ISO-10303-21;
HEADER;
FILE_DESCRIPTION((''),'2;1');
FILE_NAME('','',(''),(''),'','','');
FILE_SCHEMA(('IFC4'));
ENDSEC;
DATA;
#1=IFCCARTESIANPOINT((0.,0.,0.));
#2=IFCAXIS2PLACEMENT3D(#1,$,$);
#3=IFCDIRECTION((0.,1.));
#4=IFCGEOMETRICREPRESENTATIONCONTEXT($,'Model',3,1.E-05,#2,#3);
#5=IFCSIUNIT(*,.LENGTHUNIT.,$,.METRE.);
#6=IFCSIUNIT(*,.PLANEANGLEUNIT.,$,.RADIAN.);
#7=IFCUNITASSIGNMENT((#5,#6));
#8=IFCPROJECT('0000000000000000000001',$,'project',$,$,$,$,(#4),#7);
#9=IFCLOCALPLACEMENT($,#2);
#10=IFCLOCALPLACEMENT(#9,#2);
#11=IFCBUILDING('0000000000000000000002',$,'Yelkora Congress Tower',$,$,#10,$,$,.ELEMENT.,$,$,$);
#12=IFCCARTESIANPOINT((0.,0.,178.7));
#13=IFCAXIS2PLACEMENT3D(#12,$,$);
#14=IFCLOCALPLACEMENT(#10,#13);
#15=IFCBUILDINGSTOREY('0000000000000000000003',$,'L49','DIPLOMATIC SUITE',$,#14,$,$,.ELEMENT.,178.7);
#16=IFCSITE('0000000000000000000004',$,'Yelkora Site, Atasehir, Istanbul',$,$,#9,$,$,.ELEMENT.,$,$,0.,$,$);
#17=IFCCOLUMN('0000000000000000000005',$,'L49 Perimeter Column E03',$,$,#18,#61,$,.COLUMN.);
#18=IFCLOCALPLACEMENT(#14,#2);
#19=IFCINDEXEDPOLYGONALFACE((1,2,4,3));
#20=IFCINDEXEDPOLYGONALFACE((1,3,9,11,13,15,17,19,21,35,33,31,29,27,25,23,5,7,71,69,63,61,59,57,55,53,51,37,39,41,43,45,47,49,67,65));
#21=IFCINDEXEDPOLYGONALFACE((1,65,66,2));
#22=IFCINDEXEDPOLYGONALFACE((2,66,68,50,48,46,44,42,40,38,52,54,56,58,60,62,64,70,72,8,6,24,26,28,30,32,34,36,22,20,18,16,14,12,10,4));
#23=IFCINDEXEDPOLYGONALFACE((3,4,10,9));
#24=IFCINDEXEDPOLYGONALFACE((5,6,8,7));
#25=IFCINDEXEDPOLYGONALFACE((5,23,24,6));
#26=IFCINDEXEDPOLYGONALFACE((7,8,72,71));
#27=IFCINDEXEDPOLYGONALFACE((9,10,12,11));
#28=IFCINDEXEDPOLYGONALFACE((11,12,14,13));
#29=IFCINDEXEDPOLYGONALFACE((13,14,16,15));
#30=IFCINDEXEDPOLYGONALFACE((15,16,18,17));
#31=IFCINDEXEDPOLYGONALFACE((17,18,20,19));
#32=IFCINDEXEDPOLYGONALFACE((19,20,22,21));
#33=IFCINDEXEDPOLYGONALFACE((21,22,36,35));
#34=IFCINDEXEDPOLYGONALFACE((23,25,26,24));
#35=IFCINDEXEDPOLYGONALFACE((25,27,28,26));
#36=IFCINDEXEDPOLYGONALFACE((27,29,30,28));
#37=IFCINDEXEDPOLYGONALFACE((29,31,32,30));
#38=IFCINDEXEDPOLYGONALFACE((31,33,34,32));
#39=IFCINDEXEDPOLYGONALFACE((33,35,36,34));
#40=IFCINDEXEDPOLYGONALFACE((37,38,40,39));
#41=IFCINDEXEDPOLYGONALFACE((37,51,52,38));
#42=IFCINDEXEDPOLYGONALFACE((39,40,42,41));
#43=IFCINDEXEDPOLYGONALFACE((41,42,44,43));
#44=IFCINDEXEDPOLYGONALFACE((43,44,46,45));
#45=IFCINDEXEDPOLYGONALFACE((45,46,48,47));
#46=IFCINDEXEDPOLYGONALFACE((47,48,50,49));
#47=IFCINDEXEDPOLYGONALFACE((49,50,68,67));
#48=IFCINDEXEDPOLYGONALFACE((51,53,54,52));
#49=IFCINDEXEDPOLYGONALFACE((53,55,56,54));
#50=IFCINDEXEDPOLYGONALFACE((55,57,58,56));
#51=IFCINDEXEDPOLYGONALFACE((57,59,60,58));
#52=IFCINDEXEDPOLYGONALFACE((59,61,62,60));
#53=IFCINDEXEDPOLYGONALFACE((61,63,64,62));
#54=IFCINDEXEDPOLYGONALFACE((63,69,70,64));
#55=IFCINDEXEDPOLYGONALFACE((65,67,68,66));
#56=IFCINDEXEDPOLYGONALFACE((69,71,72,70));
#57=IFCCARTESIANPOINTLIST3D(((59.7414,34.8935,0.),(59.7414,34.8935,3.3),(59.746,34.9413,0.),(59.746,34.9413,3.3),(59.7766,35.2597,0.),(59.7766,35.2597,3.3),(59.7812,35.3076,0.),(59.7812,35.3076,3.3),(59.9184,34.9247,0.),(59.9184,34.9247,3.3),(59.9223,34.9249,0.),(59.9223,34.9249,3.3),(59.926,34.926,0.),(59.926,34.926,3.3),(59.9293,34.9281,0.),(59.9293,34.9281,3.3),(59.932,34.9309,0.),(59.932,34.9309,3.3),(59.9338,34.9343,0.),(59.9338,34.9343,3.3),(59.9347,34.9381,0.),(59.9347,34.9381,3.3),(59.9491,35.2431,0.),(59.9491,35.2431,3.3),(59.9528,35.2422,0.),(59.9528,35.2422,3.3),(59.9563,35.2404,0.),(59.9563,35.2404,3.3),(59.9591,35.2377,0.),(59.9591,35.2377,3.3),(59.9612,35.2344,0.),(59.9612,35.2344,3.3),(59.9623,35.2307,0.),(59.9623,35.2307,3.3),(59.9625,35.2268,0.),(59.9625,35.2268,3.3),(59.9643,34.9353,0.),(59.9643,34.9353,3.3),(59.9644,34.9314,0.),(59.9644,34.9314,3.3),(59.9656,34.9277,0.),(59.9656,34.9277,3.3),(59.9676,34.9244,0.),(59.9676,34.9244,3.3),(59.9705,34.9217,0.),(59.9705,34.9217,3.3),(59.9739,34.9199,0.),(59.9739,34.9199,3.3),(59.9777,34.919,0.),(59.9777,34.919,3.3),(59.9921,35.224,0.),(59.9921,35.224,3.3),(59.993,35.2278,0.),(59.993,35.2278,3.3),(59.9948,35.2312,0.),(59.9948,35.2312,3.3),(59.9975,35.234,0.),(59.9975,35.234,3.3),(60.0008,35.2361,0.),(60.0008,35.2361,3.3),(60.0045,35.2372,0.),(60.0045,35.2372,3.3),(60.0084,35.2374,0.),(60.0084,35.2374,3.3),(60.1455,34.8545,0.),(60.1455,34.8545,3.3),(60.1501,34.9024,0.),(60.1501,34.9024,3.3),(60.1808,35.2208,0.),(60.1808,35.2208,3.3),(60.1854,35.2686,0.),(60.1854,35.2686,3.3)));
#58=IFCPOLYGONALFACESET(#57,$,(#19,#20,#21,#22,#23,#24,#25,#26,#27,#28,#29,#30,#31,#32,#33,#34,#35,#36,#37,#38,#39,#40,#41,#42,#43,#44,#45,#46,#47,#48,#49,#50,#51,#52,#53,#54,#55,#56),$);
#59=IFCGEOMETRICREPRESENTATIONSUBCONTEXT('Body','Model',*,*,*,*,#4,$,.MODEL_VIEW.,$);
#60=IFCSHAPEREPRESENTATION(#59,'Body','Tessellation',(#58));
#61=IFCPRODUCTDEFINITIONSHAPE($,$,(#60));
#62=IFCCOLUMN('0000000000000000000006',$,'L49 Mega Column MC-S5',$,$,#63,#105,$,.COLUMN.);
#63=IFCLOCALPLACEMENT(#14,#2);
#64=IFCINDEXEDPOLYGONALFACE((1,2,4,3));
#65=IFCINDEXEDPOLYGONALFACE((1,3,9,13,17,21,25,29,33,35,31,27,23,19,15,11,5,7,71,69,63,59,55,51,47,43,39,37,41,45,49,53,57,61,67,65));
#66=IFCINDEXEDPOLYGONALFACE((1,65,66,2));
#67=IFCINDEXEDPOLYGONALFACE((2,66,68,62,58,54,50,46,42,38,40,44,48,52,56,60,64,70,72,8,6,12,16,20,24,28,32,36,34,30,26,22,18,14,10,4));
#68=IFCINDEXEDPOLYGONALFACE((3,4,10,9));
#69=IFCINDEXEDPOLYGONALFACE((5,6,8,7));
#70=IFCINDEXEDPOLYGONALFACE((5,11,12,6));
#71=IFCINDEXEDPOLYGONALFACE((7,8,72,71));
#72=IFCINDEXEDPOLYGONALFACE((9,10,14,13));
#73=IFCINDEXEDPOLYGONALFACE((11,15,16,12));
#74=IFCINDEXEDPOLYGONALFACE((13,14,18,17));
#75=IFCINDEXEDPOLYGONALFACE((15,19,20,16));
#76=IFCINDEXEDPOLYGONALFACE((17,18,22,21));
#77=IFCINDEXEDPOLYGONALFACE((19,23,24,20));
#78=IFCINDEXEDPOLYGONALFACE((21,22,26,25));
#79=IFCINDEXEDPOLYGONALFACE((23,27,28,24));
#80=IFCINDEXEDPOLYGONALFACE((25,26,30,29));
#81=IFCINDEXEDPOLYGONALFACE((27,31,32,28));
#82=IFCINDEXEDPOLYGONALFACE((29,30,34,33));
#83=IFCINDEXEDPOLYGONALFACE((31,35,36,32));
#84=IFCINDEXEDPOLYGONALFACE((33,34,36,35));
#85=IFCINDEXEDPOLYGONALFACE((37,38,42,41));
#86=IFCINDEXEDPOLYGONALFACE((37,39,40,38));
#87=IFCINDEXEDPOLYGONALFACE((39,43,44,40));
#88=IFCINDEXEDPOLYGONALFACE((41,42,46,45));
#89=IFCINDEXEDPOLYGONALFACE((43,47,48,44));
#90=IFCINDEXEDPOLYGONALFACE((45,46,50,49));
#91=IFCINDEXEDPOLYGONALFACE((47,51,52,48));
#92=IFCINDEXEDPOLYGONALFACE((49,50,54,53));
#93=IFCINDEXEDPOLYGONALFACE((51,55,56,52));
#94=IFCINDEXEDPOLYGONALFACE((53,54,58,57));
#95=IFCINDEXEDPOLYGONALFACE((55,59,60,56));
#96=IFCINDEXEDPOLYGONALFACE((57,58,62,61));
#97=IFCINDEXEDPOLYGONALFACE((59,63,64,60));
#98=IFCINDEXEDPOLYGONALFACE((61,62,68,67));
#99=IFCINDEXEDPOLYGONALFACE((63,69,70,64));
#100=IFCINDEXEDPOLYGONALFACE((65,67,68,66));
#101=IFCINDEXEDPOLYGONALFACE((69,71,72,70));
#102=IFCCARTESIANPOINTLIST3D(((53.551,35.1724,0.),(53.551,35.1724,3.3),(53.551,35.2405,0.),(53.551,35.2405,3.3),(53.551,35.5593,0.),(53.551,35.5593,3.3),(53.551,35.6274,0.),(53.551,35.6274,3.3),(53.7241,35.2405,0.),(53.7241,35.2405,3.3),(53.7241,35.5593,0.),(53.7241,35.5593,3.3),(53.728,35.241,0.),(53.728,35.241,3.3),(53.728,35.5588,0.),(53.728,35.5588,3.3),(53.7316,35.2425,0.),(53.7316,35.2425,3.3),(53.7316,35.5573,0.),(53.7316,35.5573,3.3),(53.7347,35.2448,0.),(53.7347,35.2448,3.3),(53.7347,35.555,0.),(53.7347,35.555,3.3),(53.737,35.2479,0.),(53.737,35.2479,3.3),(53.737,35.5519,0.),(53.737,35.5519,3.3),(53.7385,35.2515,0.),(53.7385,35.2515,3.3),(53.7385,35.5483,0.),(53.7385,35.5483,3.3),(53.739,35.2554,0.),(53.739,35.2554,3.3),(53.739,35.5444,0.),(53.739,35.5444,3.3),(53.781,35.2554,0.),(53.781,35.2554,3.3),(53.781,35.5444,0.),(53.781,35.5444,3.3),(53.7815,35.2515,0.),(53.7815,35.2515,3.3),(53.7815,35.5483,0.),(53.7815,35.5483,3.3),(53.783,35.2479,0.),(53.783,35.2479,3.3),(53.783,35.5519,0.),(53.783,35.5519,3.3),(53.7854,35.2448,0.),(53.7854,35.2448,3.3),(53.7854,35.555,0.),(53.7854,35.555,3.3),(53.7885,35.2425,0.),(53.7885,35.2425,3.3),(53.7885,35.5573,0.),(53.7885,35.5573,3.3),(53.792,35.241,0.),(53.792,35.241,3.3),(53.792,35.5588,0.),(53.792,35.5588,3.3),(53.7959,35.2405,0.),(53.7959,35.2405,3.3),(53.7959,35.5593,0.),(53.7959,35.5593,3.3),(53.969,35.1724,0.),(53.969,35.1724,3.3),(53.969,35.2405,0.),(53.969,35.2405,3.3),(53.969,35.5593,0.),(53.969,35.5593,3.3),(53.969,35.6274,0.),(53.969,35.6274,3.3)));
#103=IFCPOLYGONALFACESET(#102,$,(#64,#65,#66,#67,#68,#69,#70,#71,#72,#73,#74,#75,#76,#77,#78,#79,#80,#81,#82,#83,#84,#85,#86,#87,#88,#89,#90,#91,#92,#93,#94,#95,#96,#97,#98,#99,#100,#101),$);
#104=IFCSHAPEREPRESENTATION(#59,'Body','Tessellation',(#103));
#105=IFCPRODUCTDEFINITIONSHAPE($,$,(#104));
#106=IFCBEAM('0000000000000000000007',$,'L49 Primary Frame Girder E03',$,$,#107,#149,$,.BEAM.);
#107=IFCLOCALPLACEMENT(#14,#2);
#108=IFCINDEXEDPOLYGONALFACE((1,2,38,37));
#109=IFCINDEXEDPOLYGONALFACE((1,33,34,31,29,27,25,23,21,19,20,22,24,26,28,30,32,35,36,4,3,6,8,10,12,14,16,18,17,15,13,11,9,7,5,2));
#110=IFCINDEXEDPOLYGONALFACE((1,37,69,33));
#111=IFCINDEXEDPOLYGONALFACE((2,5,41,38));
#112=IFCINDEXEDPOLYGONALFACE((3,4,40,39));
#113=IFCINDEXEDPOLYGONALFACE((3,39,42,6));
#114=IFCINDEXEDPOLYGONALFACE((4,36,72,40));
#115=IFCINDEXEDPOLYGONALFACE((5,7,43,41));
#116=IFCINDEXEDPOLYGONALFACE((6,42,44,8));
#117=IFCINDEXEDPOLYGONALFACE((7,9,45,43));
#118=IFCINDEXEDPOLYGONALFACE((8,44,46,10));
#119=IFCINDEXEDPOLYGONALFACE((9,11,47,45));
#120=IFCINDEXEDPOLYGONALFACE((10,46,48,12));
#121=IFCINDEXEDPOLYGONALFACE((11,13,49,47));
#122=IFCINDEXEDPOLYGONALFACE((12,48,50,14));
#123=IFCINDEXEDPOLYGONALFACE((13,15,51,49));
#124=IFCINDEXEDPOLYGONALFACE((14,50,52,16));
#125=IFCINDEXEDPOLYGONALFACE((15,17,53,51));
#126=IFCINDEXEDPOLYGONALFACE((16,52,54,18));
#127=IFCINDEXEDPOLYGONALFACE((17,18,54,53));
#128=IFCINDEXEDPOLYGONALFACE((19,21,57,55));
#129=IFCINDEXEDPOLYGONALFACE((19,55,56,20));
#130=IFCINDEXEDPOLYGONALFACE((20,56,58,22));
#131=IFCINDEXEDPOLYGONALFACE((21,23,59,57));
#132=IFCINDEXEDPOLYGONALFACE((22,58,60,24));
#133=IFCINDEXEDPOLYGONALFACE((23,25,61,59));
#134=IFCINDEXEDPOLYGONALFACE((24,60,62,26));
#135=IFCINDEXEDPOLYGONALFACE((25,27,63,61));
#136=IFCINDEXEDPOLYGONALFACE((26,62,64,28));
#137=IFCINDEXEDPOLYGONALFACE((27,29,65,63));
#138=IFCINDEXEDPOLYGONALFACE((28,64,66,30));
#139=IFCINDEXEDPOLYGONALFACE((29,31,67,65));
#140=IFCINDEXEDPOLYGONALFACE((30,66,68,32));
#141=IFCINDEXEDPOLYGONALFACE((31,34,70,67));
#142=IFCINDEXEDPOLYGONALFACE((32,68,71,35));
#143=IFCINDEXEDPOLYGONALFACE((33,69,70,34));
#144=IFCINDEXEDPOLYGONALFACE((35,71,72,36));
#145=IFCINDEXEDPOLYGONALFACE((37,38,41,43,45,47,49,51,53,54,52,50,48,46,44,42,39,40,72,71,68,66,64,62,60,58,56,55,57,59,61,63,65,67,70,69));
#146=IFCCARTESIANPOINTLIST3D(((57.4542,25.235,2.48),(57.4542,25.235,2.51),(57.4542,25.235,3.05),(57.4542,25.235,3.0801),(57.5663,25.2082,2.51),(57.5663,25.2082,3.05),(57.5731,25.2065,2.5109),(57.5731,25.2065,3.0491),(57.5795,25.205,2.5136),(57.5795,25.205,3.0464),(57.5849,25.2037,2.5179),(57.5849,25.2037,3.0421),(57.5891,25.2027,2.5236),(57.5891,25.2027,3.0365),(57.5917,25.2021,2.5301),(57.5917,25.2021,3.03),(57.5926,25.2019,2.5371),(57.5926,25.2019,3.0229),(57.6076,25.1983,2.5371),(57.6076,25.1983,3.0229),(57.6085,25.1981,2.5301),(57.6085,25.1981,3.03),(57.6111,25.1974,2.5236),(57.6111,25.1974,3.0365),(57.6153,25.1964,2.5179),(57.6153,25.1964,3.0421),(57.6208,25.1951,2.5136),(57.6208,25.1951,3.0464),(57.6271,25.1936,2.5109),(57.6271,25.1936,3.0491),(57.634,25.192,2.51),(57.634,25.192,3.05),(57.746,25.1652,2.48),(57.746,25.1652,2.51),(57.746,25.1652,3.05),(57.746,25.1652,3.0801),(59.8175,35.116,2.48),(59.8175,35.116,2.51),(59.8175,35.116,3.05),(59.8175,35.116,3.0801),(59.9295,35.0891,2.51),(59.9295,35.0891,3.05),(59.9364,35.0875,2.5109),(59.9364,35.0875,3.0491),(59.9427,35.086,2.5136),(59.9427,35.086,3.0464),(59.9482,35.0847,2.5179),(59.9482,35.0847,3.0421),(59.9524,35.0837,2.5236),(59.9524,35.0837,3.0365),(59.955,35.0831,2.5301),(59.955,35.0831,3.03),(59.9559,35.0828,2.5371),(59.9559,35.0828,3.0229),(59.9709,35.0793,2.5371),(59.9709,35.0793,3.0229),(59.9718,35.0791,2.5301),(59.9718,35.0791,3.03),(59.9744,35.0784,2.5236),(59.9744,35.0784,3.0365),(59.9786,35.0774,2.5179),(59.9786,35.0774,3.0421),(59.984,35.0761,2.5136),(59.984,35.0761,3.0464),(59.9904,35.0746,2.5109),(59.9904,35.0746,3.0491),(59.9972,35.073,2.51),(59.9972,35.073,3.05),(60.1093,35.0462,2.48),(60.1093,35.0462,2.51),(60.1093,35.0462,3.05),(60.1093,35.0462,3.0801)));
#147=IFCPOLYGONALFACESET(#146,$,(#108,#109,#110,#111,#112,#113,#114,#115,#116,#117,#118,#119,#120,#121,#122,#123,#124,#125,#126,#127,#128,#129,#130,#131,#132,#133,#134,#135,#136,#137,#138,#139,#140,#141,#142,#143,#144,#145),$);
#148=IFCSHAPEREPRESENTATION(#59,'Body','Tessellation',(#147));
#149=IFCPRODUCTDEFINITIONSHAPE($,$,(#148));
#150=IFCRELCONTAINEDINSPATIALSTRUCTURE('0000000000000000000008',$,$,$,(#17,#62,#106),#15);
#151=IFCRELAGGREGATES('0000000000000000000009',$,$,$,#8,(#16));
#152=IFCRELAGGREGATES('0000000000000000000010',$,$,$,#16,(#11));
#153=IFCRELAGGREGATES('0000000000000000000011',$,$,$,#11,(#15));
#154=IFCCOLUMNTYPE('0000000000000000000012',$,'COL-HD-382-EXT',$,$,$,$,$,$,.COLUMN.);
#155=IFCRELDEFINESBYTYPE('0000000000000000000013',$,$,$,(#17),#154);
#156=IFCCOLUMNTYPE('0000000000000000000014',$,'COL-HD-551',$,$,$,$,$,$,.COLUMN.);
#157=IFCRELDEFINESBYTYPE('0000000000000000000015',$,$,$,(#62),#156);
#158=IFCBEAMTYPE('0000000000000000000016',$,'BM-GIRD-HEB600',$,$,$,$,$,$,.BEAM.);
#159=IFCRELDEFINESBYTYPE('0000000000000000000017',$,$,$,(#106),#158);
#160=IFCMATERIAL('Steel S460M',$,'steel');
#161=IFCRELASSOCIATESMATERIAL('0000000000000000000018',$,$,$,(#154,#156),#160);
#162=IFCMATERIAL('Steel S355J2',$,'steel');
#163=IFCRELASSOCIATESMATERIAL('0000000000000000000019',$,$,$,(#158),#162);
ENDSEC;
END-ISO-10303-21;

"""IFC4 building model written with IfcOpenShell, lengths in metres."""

from ifc_helpers import new_model, si_unit, direction, frame, origin, origin_2d, place, context, subcontext, project, spatial, i_section, extrude, material, material_profile, profile_set, type_object, element, save


model = new_model("IFC4")

# Units and contexts
model_context = context("Model", 3, precision=1e-05, world=origin(), true_north=direction((0.0, 1.0)))
body_context = subcontext(model_context, "Body", "Model", "MODEL_VIEW")
ifc_project = project(units=[si_unit("LENGTHUNIT", "METRE"), si_unit("PLANEANGLEUNIT", "RADIAN")], contexts=[model_context])

# Site, building, storey
site_placement = place(None, origin())
site = spatial("IfcSite", under=ifc_project, at=site_placement, Name="Yelkora Site, Atasehir, Istanbul", CompositionType="ELEMENT", RefElevation=0.0)
building_placement = place(site_placement, origin())
building = spatial("IfcBuilding", under=site, at=building_placement, Name="Yelkora Congress Tower", CompositionType="ELEMENT")
storey_placement = place(building_placement, frame((0.0, 0.0, 178.7)))
storey = spatial("IfcBuildingStorey", under=building, at=storey_placement, Name="L49", Description="DIPLOMATIC SUITE", CompositionType="ELEMENT", Elevation=178.7)

# Columns
ifc_material_1 = material(Name="Steel S460M", Category="steel")
ifc_material_profile_1 = material_profile(ifc_material_1, i_section(OverallWidth=0.406, OverallDepth=0.416, WebThickness=0.0298, FlangeThickness=0.0481, FilletRadius=0.0149, at=origin_2d()), Name="HD 400x382")
ifc_profile_set_1 = profile_set([ifc_material_profile_1], Name="Steel S460M")
column_type_1 = type_object("IfcColumnType", Name="COL-HD-382-EXT", PredefinedType="COLUMN", material=ifc_profile_set_1)
column_1_placement = place(storey_placement, frame((59.9634, 35.0811, 0.0), z_axis=(0.0, 0.0, 1.0), x_axis=(0.995396, -0.095846, 0.0)))
element("IfcColumn", 1, at=column_1_placement, inside=storey, type_object=column_type_1, Name="L49 Perimeter Column E03", PredefinedType="COLUMN", context=body_context, shape_type="SweptSolid", body=[
    extrude(i_section(OverallWidth=0.406, OverallDepth=0.416, WebThickness=0.0298, FlangeThickness=0.0481, FilletRadius=0.0149, at=origin_2d()), origin(), (0.0, 0.0, 1.0), 3.3),
])
ifc_material_profile_2 = material_profile(ifc_material_1, i_section(OverallWidth=0.418, OverallDepth=0.4551, WebThickness=0.042, FlangeThickness=0.0681, FilletRadius=0.0149, at=origin_2d()), Name="HD 400x551")
ifc_profile_set_2 = profile_set([ifc_material_profile_2], Name="Steel S460M")
column_type_2 = type_object("IfcColumnType", Name="COL-HD-551", PredefinedType="COLUMN", material=ifc_profile_set_2)
column_2_placement = place(storey_placement, frame((53.76, 35.3999, 0.0), z_axis=(0.0, 0.0, 1.0), x_axis=(1.0, 0.0, 0.0)))
element("IfcColumn", 2, at=column_2_placement, inside=storey, type_object=column_type_2, Name="L49 Mega Column MC-S5", PredefinedType="COLUMN", context=body_context, shape_type="SweptSolid", body=[
    extrude(i_section(OverallWidth=0.418, OverallDepth=0.4551, WebThickness=0.042, FlangeThickness=0.0681, FilletRadius=0.0149, at=origin_2d()), origin(), (0.0, 0.0, 1.0), 3.3),
])

# Beam
ifc_material_2 = material(Name="Steel S355J2", Category="steel")
ifc_material_profile_3 = material_profile(ifc_material_2, i_section(OverallWidth=0.3, OverallDepth=0.6001, WebThickness=0.0154, FlangeThickness=0.03, FilletRadius=0.0271, at=origin_2d()), Name="HEB 600")
ifc_profile_set_3 = profile_set([ifc_material_profile_3], Name="Steel S355J2")
beam_type_1 = type_object("IfcBeamType", Name="BM-GIRD-HEB600", PredefinedType="BEAM", material=ifc_profile_set_3)
beam_1_placement = place(storey_placement, frame((59.9634, 35.0811, 2.78), z_axis=(-0.232611, -0.97257, 0.0), x_axis=(0.97257, -0.232611, 0.0)))
element("IfcBeam", 3, at=beam_1_placement, inside=storey, type_object=beam_type_1, Name="L49 Primary Frame Girder E03", PredefinedType="BEAM", context=body_context, shape_type="SweptSolid", body=[
    extrude(i_section(OverallWidth=0.3, OverallDepth=0.6001, WebThickness=0.0154, FlangeThickness=0.03, FilletRadius=0.0271, at=origin_2d()), origin(), (0.0, 0.0, 1.0), 10.1597),
])

save(model, "model.ifc")
